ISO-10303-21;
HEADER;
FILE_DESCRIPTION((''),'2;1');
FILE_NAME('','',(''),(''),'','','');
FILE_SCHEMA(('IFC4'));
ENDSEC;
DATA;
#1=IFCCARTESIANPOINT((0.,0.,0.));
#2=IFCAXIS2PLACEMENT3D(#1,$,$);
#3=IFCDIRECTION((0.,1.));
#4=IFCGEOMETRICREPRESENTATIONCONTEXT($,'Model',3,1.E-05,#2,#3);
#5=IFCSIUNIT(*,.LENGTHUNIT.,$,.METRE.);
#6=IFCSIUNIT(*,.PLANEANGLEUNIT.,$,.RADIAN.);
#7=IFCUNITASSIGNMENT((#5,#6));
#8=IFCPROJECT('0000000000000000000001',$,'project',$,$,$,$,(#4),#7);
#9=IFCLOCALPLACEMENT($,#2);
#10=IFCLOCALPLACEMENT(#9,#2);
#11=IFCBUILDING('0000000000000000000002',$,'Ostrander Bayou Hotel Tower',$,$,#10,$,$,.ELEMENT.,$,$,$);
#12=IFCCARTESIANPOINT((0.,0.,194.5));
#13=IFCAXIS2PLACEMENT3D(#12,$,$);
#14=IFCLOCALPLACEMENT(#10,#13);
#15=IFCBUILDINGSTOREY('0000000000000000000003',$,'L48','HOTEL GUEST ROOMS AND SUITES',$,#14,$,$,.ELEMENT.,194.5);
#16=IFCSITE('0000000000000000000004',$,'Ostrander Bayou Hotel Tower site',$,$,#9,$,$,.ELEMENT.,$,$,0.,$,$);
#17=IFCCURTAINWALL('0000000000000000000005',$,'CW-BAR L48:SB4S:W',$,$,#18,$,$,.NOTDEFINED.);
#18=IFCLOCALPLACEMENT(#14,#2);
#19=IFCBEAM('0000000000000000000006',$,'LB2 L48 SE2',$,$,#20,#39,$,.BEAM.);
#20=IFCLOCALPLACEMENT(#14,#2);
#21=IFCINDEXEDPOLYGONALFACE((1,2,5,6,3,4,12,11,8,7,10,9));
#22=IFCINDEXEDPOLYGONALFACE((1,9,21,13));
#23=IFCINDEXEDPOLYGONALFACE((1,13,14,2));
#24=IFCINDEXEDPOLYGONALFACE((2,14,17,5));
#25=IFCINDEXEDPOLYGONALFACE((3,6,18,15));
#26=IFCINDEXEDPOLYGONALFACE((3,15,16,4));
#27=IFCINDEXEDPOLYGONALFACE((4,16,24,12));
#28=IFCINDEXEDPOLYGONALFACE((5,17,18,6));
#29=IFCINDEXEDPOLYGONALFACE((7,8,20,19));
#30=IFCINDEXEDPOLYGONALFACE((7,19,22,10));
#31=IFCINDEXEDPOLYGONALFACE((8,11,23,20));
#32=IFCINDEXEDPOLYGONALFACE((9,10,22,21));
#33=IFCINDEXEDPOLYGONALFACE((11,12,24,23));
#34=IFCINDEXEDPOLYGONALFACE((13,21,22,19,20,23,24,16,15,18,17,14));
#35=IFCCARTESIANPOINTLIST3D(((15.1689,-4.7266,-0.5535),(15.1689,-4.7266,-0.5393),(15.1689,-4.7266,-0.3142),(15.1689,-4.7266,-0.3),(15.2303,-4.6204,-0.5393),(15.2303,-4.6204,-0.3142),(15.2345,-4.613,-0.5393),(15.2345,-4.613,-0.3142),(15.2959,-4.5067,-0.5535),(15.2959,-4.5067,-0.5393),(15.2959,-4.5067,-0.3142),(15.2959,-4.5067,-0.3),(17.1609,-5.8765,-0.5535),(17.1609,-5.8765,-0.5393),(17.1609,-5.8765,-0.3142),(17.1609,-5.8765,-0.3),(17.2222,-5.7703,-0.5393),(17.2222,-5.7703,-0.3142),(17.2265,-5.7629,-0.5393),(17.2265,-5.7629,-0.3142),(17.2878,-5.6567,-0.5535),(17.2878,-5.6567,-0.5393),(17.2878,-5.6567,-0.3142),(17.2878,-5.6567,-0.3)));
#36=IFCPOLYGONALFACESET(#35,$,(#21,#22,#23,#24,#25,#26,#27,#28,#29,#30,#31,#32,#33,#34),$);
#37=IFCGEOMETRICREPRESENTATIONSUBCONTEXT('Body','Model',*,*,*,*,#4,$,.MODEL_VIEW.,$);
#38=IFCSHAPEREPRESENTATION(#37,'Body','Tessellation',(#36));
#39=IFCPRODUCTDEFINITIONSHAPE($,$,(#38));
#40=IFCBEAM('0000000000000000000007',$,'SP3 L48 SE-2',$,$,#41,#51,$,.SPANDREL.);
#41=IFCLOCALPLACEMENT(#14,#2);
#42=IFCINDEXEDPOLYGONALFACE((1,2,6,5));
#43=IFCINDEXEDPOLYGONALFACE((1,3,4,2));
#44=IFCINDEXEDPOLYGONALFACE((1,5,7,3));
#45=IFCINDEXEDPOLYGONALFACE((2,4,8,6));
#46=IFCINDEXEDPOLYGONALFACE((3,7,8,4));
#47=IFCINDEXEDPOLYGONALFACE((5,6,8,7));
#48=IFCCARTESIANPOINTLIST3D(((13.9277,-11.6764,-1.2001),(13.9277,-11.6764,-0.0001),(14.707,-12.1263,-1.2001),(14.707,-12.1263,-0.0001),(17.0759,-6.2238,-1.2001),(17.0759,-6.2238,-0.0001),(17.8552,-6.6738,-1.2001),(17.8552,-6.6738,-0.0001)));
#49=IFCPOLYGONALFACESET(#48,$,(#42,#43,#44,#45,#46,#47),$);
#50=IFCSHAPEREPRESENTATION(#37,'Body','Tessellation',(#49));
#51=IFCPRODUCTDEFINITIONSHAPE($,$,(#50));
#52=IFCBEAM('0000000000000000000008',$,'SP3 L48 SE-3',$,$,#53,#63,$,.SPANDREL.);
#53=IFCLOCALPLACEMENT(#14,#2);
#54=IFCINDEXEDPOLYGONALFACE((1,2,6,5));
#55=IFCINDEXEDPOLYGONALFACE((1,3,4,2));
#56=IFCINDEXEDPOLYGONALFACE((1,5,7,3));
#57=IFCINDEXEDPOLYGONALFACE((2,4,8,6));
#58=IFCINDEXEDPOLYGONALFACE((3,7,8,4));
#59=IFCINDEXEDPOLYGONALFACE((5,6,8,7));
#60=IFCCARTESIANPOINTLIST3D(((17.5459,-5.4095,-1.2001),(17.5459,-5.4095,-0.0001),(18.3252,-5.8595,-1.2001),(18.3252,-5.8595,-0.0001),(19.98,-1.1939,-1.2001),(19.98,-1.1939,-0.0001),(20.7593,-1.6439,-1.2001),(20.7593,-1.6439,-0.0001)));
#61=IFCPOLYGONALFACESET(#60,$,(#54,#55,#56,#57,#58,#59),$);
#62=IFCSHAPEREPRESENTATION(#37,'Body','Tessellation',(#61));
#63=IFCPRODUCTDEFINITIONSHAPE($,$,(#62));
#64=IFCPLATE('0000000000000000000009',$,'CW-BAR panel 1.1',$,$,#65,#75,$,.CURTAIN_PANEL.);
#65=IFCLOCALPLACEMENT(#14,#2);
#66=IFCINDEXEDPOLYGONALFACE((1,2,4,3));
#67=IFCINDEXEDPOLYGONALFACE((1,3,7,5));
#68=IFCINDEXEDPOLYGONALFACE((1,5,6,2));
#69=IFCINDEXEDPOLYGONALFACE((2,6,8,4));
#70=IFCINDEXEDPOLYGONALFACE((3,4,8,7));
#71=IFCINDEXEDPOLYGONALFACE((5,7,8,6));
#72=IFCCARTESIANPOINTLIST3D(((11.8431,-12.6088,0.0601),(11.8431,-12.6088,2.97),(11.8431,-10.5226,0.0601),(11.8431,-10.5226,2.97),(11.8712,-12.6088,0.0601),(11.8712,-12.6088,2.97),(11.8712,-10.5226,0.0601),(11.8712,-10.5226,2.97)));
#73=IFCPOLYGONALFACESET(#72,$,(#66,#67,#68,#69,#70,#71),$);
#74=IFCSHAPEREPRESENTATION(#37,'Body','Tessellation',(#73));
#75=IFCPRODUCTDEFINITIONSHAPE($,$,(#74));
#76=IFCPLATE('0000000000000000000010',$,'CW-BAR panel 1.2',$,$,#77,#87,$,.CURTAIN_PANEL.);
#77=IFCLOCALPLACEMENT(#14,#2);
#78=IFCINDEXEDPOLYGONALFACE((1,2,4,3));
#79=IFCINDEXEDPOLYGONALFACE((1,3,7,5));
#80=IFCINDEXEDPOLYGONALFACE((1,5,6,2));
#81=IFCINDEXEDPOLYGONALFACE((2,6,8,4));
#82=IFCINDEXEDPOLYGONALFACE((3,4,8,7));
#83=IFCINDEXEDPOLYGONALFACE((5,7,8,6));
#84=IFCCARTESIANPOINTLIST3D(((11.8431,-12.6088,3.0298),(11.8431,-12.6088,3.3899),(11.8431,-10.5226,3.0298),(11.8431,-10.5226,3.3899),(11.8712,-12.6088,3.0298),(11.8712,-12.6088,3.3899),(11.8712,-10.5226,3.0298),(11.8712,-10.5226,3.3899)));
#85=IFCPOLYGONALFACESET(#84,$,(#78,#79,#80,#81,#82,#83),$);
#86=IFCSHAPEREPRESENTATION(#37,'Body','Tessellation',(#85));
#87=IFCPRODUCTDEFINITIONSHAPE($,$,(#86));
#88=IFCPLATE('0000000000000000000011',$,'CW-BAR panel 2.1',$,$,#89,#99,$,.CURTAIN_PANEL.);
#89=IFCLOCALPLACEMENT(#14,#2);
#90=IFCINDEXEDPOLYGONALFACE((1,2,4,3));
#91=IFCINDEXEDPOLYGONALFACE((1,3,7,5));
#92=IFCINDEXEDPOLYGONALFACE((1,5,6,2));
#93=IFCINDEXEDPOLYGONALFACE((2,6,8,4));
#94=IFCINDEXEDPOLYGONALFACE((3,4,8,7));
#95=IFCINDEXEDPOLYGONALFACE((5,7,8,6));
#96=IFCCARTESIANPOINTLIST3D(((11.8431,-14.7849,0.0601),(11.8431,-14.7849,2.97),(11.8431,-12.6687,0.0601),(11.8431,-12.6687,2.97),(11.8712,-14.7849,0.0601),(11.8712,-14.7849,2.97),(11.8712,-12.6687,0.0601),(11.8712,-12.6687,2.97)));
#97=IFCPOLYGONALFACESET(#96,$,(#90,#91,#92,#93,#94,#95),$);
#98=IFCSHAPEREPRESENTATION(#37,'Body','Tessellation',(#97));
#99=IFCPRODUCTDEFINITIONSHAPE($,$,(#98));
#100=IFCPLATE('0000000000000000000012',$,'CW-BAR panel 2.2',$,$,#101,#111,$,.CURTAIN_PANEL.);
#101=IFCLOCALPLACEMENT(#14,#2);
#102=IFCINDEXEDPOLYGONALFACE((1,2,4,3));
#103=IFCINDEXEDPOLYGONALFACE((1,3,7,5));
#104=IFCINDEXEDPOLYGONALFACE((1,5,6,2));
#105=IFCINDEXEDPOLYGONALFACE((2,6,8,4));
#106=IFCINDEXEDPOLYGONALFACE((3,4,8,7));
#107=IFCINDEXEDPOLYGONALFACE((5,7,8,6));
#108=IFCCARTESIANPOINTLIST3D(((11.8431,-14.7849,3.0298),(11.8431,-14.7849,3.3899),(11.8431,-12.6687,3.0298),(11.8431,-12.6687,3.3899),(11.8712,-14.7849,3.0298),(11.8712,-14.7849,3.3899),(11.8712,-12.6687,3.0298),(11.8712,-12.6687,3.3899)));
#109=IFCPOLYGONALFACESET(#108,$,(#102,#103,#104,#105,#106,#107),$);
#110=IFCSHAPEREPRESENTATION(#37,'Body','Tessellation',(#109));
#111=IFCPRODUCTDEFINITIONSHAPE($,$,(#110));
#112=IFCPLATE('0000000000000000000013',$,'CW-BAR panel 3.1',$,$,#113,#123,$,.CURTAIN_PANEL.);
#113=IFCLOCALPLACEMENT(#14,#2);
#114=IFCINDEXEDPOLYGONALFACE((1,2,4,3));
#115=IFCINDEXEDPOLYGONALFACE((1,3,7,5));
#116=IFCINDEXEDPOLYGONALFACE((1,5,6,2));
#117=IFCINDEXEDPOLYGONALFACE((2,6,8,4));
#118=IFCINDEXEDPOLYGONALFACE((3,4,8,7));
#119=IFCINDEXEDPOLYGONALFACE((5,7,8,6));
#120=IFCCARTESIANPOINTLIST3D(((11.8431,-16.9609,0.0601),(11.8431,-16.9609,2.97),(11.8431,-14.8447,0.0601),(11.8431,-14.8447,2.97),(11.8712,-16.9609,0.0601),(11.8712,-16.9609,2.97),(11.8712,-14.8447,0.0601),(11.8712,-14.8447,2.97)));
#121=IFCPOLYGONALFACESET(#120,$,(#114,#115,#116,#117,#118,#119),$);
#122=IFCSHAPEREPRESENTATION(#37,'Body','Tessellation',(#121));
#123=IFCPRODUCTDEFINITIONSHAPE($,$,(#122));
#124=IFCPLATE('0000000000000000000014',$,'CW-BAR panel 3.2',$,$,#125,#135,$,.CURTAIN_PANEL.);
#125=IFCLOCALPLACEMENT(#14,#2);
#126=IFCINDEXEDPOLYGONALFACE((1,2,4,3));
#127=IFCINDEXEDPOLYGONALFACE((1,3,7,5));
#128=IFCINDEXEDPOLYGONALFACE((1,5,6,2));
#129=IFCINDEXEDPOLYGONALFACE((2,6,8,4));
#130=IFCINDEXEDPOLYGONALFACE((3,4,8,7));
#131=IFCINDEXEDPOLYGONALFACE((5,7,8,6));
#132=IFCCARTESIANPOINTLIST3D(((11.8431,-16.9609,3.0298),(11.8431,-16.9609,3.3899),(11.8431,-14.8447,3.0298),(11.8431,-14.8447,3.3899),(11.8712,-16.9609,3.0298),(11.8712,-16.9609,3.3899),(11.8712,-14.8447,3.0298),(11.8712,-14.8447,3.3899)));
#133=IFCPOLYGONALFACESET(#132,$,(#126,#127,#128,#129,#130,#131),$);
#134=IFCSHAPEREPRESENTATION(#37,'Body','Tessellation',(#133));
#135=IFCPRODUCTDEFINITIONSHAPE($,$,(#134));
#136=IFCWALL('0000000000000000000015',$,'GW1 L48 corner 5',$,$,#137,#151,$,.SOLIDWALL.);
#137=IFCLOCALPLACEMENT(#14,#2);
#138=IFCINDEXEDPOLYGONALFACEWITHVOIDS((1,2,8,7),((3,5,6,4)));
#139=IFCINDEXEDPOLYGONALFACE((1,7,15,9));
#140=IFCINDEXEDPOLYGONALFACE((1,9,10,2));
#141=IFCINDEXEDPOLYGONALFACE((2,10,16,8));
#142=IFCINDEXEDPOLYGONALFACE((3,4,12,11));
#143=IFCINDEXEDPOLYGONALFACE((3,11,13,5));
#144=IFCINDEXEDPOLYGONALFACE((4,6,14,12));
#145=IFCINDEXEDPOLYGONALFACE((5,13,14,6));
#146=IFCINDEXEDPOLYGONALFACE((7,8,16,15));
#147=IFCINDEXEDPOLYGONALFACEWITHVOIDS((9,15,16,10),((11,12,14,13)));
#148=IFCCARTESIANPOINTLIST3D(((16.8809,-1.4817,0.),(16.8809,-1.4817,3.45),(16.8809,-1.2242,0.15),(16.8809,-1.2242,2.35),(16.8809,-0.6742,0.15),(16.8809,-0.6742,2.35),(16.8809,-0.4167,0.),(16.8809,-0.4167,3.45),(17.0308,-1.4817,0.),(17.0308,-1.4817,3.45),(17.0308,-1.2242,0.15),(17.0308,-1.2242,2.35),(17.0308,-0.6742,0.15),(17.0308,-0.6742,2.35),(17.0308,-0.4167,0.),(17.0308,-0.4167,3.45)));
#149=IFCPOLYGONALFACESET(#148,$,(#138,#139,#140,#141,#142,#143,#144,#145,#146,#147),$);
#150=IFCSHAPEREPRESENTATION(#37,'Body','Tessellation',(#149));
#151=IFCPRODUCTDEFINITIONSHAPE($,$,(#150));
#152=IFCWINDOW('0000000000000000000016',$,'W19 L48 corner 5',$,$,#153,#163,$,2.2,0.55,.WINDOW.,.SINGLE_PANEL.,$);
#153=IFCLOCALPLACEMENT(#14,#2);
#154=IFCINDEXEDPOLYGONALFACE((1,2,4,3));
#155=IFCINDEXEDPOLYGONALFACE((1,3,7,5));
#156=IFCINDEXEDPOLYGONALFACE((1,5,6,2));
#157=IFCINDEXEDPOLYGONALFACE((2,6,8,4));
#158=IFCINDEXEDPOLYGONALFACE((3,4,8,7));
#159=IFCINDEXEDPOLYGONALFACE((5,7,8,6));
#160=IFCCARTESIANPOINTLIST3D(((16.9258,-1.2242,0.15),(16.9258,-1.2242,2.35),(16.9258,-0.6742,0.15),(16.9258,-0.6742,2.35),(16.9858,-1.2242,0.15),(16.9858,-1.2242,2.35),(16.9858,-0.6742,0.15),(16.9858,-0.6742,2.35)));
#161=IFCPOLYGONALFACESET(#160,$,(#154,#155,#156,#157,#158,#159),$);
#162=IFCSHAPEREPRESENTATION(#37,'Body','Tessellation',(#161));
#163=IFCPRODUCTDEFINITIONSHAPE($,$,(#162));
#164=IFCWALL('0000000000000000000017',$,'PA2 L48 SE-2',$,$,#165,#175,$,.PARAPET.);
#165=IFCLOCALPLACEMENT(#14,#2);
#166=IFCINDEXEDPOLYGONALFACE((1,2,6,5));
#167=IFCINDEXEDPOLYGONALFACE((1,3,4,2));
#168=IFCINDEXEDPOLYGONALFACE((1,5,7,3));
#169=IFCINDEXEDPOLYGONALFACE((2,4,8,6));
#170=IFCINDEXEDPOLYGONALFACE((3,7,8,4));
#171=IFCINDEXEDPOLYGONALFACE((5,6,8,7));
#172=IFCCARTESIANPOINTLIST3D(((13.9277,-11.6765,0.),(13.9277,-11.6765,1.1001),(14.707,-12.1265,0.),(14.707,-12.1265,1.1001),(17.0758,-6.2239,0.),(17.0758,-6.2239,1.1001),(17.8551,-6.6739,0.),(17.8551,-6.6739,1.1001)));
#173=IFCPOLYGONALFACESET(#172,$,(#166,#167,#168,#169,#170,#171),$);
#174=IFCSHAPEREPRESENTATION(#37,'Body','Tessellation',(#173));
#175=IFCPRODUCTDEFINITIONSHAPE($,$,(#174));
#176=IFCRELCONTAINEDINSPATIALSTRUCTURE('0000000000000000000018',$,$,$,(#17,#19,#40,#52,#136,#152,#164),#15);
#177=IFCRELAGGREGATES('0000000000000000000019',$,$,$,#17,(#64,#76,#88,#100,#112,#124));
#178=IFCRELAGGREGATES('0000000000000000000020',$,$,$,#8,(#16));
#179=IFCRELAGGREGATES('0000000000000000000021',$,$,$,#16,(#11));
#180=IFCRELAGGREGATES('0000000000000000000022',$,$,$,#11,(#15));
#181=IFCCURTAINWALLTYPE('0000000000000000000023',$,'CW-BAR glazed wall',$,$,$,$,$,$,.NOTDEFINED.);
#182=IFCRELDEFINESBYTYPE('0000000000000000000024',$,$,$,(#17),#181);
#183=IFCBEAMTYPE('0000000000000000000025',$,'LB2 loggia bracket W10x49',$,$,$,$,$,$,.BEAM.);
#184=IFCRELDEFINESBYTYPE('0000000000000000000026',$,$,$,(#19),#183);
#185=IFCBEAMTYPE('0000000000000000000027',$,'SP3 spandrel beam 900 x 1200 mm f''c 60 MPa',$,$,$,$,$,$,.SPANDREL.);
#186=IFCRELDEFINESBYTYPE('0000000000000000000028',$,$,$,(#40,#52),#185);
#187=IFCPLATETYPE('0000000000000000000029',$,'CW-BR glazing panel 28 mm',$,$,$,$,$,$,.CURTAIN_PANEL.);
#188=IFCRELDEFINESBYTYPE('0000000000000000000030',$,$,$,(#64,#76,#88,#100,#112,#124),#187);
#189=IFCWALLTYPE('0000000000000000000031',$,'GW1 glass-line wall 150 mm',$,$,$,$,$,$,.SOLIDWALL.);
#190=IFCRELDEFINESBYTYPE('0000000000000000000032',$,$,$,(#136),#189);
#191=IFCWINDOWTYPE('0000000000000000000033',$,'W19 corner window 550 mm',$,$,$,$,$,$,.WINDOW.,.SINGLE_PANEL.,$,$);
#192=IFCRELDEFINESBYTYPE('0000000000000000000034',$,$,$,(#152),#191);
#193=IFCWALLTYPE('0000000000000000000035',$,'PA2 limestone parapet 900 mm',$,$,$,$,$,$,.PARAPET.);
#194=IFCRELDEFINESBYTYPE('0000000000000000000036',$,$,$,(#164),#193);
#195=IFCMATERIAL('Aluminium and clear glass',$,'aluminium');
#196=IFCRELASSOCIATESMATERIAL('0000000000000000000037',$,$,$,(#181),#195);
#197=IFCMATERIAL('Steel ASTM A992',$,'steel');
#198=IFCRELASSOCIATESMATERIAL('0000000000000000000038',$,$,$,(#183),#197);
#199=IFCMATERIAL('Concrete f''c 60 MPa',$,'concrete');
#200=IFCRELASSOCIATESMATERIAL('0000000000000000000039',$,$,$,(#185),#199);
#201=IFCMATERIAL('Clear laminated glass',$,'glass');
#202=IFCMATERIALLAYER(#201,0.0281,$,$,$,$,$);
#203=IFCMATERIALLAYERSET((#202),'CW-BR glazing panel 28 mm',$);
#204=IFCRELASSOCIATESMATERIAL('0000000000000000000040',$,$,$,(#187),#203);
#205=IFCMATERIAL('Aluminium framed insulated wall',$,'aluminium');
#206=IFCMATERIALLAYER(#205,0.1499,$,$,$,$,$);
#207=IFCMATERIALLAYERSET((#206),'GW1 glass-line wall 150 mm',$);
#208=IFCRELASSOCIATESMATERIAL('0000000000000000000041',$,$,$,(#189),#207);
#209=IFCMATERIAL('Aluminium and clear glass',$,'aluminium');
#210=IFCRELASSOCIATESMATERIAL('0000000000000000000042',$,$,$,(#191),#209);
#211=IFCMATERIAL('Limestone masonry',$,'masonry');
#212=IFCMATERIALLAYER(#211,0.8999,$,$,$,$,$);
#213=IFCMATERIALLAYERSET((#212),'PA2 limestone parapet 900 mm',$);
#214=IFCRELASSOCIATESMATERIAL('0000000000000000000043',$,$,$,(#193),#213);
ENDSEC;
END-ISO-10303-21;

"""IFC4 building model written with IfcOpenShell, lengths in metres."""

from ifc_helpers import new_model, si_unit, direction, frame, frame_2d, origin, origin_2d, place, context, subcontext, project, spatial, rectangle, i_section, extrude, material, layer, layer_set, material_profile, profile_set, type_object, element, fill, aggregate, save


model = new_model("IFC4")

# Units and contexts
model_context = context("Model", 3, precision=1e-05, world=origin(), true_north=direction((0.0, 1.0)))
body_context = subcontext(model_context, "Body", "Model", "MODEL_VIEW")
ifc_project = project(units=[si_unit("LENGTHUNIT", "METRE"), si_unit("PLANEANGLEUNIT", "RADIAN")], contexts=[model_context])

# Site, building, storey
site_placement = place(None, origin())
site = spatial("IfcSite", under=ifc_project, at=site_placement, Name="Ostrander Bayou Hotel Tower site", CompositionType="ELEMENT", RefElevation=0.0)
building_placement = place(site_placement, origin())
building = spatial("IfcBuilding", under=site, at=building_placement, Name="Ostrander Bayou Hotel Tower", CompositionType="ELEMENT")
storey_placement = place(building_placement, frame((0.0, 0.0, 194.5)))
storey = spatial("IfcBuildingStorey", under=building, at=storey_placement, Name="L48", Description="HOTEL GUEST ROOMS AND SUITES", CompositionType="ELEMENT", Elevation=194.5)

# Curtain wall
ifc_material_1 = material(Name="Aluminium and clear glass", Category="aluminium")
curtain_wall_type = type_object("IfcCurtainWallType", Name="CW-BAR glazed wall", PredefinedType="NOTDEFINED", material=ifc_material_1)
curtain_wall_placement = place(storey_placement, origin())
curtain_wall = element("IfcCurtainWall", 1, at=curtain_wall_placement, inside=storey, type_object=curtain_wall_type, Name="CW-BAR L48:SB4S:W", PredefinedType="NOTDEFINED")

# Beams
ifc_material_2 = material(Name="Steel ASTM A992", Category="steel")
ifc_material_profile_1 = material_profile(ifc_material_2, i_section(OverallWidth=0.2539, OverallDepth=0.2534, WebThickness=0.0085, FlangeThickness=0.0142, at=origin_2d()))
ifc_profile_set_1 = profile_set([ifc_material_profile_1], Name="Steel ASTM A992")
beam_type_1 = type_object("IfcBeamType", Name="LB2 loggia bracket W10x49", PredefinedType="BEAM", material=ifc_profile_set_1)
beam_1_placement = place(storey_placement, frame((17.2244, -5.7666, -0.4268), z_axis=(-0.866053, 0.499952, 0.0), x_axis=(-0.499952, -0.866053, 0.0)))
element("IfcBeam", 2, at=beam_1_placement, inside=storey, type_object=beam_type_1, Name="LB2 L48 SE2", PredefinedType="BEAM", context=body_context, shape_type="SweptSolid", body=[
    extrude(i_section(OverallWidth=0.2539, OverallDepth=0.2534, WebThickness=0.0085, FlangeThickness=0.0142, at=origin_2d()), origin(), (0.0, 0.0, 1.0), 2.3),
])
ifc_material_3 = material(Name="Concrete f'c 60 MPa", Category="concrete")
ifc_material_profile_2 = material_profile(ifc_material_3, rectangle(XDim=0.8999, YDim=1.2, at=origin_2d()))
ifc_profile_set_2 = profile_set([ifc_material_profile_2], Name="Concrete f'c 60 MPa")
beam_type_2 = type_object("IfcBeamType", Name="SP3 spandrel beam 900 x 1200 mm f'c 60 MPa", PredefinedType="SPANDREL", material=ifc_profile_set_2)
beam_2_placement = place(storey_placement, frame((14.3174, -11.9014, -0.6001), z_axis=(0.500013, 0.866018, 0.0), x_axis=(-0.866018, 0.500013, 0.0)))
element("IfcBeam", 3, at=beam_2_placement, inside=storey, type_object=beam_type_2, Name="SP3 L48 SE-2", PredefinedType="SPANDREL", context=body_context, shape_type="SweptSolid", body=[
    extrude(rectangle(XDim=0.8999, YDim=1.2, at=origin_2d()), origin(), (0.0, 0.0, 1.0), 6.2961),
])
beam_3_placement = place(storey_placement, frame((17.9355, -5.6345, -0.6001), z_axis=(0.500034, 0.866006, 0.0), x_axis=(-0.866006, 0.500034, 0.0)))
element("IfcBeam", 4, at=beam_3_placement, inside=storey, type_object=beam_type_2, Name="SP3 L48 SE-3", PredefinedType="SPANDREL", context=body_context, shape_type="SweptSolid", body=[
    extrude(rectangle(XDim=0.8999, YDim=1.2, at=origin_2d()), origin(), (0.0, 0.0, 1.0), 4.8679),
])

# Plates
ifc_material_4 = material(Name="Clear laminated glass", Category="glass")
ifc_layer_1 = layer(ifc_material_4, 0.0281)
ifc_layer_set_1 = layer_set([ifc_layer_1], Name="CW-BR glazing panel 28 mm")
plate_type = type_object("IfcPlateType", Name="CW-BR glazing panel 28 mm", PredefinedType="CURTAIN_PANEL", material=ifc_layer_set_1)
plate_1_placement = place(storey_placement, frame((11.8572, -11.5657, 0.0601), z_axis=(0.0, 0.0, 1.0), x_axis=(0.0, -1.0, 0.0)))
plate_1 = element("IfcPlate", 5, at=plate_1_placement, type_object=plate_type, Name="CW-BAR panel 1.1", PredefinedType="CURTAIN_PANEL", context=body_context, shape_type="SweptSolid", body=[
    extrude(rectangle(XDim=2.0862, YDim=0.0281, at=origin_2d()), origin(), (0.0, 0.0, 1.0), 2.9099),
])
plate_2_placement = place(storey_placement, frame((11.8572, -11.5657, 3.0298), z_axis=(0.0, 0.0, 1.0), x_axis=(0.0, -1.0, 0.0)))
plate_2 = element("IfcPlate", 6, at=plate_2_placement, type_object=plate_type, Name="CW-BAR panel 1.2", PredefinedType="CURTAIN_PANEL", context=body_context, shape_type="SweptSolid", body=[
    extrude(rectangle(XDim=2.0862, YDim=0.0281, at=origin_2d()), origin(), (0.0, 0.0, 1.0), 0.3601),
])
plate_3_placement = place(storey_placement, frame((11.8572, -13.7268, 0.0601), z_axis=(0.0, 0.0, 1.0), x_axis=(0.0, -1.0, 0.0)))
plate_3 = element("IfcPlate", 7, at=plate_3_placement, type_object=plate_type, Name="CW-BAR panel 2.1", PredefinedType="CURTAIN_PANEL", context=body_context, shape_type="SweptSolid", body=[
    extrude(rectangle(XDim=2.1162, YDim=0.0281, at=origin_2d()), origin(), (0.0, 0.0, 1.0), 2.9099),
])
plate_4_placement = place(storey_placement, frame((11.8572, -13.7268, 3.0298), z_axis=(0.0, 0.0, 1.0), x_axis=(0.0, -1.0, 0.0)))
plate_4 = element("IfcPlate", 8, at=plate_4_placement, type_object=plate_type, Name="CW-BAR panel 2.2", PredefinedType="CURTAIN_PANEL", context=body_context, shape_type="SweptSolid", body=[
    extrude(rectangle(XDim=2.1162, YDim=0.0281, at=origin_2d()), origin(), (0.0, 0.0, 1.0), 0.3601),
])
plate_5_placement = place(storey_placement, frame((11.8572, -15.9028, 0.0601), z_axis=(0.0, 0.0, 1.0), x_axis=(0.0, -1.0, 0.0)))
plate_5 = element("IfcPlate", 9, at=plate_5_placement, type_object=plate_type, Name="CW-BAR panel 3.1", PredefinedType="CURTAIN_PANEL", context=body_context, shape_type="SweptSolid", body=[
    extrude(rectangle(XDim=2.1162, YDim=0.0281, at=origin_2d()), origin(), (0.0, 0.0, 1.0), 2.9099),
])
plate_6_placement = place(storey_placement, frame((11.8572, -15.9028, 3.0298), z_axis=(0.0, 0.0, 1.0), x_axis=(0.0, -1.0, 0.0)))
plate_6 = element("IfcPlate", 10, at=plate_6_placement, type_object=plate_type, Name="CW-BAR panel 3.2", PredefinedType="CURTAIN_PANEL", context=body_context, shape_type="SweptSolid", body=[
    extrude(rectangle(XDim=2.1162, YDim=0.0281, at=origin_2d()), origin(), (0.0, 0.0, 1.0), 0.3601),
])
aggregate(curtain_wall, [plate_1, plate_2, plate_3, plate_4, plate_5, plate_6])

# Wall, opening, window
ifc_material_5 = material(Name="Aluminium framed insulated wall", Category="aluminium")
ifc_layer_2 = layer(ifc_material_5, 0.1499)
ifc_layer_set_2 = layer_set([ifc_layer_2], Name="GW1 glass-line wall 150 mm")
wall_type_1 = type_object("IfcWallType", Name="GW1 glass-line wall 150 mm", PredefinedType="SOLIDWALL", material=ifc_layer_set_2)
wall_1_placement = place(storey_placement, frame((16.9558, -1.4817, 0.0), z_axis=(0.0, 0.0, 1.0), x_axis=(0.0, 1.0, 0.0)))
wall_1 = element("IfcWall", 11, at=wall_1_placement, inside=storey, type_object=wall_type_1, Name="GW1 L48 corner 5", PredefinedType="SOLIDWALL", context=body_context, shape_type="SweptSolid", body=[
    extrude(rectangle(XDim=1.0649, YDim=0.1499, at=frame_2d((0.5325, 0.0))), origin(), (0.0, 0.0, 1.0), 3.45),
])
opening_1_placement = place(wall_1_placement, frame((0.2576, 0.0, 0.1499)))
opening_1 = element("IfcOpeningElement", 12, at=opening_1_placement, cuts=wall_1, PredefinedType="OPENING", context=body_context, shape_type="SweptSolid", body=[
    extrude(rectangle(XDim=0.55, YDim=2.2, at=frame_2d((0.2749, 1.1001))), frame((0.0, 0.075, 0.0), z_axis=(0.0, -1.0, 0.0), x_axis=(1.0, 0.0, 0.0)), (0.0, 0.0, 1.0), 0.1499),
])
ifc_material_6 = material(Name="Aluminium and clear glass", Category="aluminium")
window_type = type_object("IfcWindowType", Name="W19 corner window 550 mm", PartitioningType="SINGLE_PANEL", PredefinedType="WINDOW", material=ifc_material_6)
window_placement = place(opening_1_placement, origin())
window = element("IfcWindow", 13, at=window_placement, inside=storey, type_object=window_type, Name="W19 L48 corner 5", OverallHeight=2.2, OverallWidth=0.55, PartitioningType="SINGLE_PANEL", PredefinedType="WINDOW", context=body_context, shape_type="SweptSolid", body=[
    extrude(rectangle(XDim=0.55, YDim=2.2, at=frame_2d((0.2749, 1.1001))), frame((0.0, 0.03, 0.0), z_axis=(0.0, -1.0, 0.0), x_axis=(1.0, 0.0, 0.0)), (0.0, 0.0, 1.0), 0.0601),
])
fill(opening_1, window)

# Wall
ifc_material_7 = material(Name="Limestone masonry", Category="masonry")
ifc_layer_3 = layer(ifc_material_7, 0.8999)
ifc_layer_set_3 = layer_set([ifc_layer_3], Name="PA2 limestone parapet 900 mm")
wall_type_2 = type_object("IfcWallType", Name="PA2 limestone parapet 900 mm", PredefinedType="PARAPET", material=ifc_layer_set_3)
wall_2_placement = place(storey_placement, frame((14.3174, -11.9014, 0.0), z_axis=(0.0, 0.0, 1.0), x_axis=(0.500013, 0.866018, 0.0)))
element("IfcWall", 14, at=wall_2_placement, inside=storey, type_object=wall_type_2, Name="PA2 L48 SE-2", PredefinedType="PARAPET", context=body_context, shape_type="SweptSolid", body=[
    extrude(rectangle(XDim=6.2961, YDim=0.8999, at=frame_2d((3.1479, 0.0))), origin(), (0.0, 0.0, 1.0), 1.1001),
])

save(model, "model.ifc")
